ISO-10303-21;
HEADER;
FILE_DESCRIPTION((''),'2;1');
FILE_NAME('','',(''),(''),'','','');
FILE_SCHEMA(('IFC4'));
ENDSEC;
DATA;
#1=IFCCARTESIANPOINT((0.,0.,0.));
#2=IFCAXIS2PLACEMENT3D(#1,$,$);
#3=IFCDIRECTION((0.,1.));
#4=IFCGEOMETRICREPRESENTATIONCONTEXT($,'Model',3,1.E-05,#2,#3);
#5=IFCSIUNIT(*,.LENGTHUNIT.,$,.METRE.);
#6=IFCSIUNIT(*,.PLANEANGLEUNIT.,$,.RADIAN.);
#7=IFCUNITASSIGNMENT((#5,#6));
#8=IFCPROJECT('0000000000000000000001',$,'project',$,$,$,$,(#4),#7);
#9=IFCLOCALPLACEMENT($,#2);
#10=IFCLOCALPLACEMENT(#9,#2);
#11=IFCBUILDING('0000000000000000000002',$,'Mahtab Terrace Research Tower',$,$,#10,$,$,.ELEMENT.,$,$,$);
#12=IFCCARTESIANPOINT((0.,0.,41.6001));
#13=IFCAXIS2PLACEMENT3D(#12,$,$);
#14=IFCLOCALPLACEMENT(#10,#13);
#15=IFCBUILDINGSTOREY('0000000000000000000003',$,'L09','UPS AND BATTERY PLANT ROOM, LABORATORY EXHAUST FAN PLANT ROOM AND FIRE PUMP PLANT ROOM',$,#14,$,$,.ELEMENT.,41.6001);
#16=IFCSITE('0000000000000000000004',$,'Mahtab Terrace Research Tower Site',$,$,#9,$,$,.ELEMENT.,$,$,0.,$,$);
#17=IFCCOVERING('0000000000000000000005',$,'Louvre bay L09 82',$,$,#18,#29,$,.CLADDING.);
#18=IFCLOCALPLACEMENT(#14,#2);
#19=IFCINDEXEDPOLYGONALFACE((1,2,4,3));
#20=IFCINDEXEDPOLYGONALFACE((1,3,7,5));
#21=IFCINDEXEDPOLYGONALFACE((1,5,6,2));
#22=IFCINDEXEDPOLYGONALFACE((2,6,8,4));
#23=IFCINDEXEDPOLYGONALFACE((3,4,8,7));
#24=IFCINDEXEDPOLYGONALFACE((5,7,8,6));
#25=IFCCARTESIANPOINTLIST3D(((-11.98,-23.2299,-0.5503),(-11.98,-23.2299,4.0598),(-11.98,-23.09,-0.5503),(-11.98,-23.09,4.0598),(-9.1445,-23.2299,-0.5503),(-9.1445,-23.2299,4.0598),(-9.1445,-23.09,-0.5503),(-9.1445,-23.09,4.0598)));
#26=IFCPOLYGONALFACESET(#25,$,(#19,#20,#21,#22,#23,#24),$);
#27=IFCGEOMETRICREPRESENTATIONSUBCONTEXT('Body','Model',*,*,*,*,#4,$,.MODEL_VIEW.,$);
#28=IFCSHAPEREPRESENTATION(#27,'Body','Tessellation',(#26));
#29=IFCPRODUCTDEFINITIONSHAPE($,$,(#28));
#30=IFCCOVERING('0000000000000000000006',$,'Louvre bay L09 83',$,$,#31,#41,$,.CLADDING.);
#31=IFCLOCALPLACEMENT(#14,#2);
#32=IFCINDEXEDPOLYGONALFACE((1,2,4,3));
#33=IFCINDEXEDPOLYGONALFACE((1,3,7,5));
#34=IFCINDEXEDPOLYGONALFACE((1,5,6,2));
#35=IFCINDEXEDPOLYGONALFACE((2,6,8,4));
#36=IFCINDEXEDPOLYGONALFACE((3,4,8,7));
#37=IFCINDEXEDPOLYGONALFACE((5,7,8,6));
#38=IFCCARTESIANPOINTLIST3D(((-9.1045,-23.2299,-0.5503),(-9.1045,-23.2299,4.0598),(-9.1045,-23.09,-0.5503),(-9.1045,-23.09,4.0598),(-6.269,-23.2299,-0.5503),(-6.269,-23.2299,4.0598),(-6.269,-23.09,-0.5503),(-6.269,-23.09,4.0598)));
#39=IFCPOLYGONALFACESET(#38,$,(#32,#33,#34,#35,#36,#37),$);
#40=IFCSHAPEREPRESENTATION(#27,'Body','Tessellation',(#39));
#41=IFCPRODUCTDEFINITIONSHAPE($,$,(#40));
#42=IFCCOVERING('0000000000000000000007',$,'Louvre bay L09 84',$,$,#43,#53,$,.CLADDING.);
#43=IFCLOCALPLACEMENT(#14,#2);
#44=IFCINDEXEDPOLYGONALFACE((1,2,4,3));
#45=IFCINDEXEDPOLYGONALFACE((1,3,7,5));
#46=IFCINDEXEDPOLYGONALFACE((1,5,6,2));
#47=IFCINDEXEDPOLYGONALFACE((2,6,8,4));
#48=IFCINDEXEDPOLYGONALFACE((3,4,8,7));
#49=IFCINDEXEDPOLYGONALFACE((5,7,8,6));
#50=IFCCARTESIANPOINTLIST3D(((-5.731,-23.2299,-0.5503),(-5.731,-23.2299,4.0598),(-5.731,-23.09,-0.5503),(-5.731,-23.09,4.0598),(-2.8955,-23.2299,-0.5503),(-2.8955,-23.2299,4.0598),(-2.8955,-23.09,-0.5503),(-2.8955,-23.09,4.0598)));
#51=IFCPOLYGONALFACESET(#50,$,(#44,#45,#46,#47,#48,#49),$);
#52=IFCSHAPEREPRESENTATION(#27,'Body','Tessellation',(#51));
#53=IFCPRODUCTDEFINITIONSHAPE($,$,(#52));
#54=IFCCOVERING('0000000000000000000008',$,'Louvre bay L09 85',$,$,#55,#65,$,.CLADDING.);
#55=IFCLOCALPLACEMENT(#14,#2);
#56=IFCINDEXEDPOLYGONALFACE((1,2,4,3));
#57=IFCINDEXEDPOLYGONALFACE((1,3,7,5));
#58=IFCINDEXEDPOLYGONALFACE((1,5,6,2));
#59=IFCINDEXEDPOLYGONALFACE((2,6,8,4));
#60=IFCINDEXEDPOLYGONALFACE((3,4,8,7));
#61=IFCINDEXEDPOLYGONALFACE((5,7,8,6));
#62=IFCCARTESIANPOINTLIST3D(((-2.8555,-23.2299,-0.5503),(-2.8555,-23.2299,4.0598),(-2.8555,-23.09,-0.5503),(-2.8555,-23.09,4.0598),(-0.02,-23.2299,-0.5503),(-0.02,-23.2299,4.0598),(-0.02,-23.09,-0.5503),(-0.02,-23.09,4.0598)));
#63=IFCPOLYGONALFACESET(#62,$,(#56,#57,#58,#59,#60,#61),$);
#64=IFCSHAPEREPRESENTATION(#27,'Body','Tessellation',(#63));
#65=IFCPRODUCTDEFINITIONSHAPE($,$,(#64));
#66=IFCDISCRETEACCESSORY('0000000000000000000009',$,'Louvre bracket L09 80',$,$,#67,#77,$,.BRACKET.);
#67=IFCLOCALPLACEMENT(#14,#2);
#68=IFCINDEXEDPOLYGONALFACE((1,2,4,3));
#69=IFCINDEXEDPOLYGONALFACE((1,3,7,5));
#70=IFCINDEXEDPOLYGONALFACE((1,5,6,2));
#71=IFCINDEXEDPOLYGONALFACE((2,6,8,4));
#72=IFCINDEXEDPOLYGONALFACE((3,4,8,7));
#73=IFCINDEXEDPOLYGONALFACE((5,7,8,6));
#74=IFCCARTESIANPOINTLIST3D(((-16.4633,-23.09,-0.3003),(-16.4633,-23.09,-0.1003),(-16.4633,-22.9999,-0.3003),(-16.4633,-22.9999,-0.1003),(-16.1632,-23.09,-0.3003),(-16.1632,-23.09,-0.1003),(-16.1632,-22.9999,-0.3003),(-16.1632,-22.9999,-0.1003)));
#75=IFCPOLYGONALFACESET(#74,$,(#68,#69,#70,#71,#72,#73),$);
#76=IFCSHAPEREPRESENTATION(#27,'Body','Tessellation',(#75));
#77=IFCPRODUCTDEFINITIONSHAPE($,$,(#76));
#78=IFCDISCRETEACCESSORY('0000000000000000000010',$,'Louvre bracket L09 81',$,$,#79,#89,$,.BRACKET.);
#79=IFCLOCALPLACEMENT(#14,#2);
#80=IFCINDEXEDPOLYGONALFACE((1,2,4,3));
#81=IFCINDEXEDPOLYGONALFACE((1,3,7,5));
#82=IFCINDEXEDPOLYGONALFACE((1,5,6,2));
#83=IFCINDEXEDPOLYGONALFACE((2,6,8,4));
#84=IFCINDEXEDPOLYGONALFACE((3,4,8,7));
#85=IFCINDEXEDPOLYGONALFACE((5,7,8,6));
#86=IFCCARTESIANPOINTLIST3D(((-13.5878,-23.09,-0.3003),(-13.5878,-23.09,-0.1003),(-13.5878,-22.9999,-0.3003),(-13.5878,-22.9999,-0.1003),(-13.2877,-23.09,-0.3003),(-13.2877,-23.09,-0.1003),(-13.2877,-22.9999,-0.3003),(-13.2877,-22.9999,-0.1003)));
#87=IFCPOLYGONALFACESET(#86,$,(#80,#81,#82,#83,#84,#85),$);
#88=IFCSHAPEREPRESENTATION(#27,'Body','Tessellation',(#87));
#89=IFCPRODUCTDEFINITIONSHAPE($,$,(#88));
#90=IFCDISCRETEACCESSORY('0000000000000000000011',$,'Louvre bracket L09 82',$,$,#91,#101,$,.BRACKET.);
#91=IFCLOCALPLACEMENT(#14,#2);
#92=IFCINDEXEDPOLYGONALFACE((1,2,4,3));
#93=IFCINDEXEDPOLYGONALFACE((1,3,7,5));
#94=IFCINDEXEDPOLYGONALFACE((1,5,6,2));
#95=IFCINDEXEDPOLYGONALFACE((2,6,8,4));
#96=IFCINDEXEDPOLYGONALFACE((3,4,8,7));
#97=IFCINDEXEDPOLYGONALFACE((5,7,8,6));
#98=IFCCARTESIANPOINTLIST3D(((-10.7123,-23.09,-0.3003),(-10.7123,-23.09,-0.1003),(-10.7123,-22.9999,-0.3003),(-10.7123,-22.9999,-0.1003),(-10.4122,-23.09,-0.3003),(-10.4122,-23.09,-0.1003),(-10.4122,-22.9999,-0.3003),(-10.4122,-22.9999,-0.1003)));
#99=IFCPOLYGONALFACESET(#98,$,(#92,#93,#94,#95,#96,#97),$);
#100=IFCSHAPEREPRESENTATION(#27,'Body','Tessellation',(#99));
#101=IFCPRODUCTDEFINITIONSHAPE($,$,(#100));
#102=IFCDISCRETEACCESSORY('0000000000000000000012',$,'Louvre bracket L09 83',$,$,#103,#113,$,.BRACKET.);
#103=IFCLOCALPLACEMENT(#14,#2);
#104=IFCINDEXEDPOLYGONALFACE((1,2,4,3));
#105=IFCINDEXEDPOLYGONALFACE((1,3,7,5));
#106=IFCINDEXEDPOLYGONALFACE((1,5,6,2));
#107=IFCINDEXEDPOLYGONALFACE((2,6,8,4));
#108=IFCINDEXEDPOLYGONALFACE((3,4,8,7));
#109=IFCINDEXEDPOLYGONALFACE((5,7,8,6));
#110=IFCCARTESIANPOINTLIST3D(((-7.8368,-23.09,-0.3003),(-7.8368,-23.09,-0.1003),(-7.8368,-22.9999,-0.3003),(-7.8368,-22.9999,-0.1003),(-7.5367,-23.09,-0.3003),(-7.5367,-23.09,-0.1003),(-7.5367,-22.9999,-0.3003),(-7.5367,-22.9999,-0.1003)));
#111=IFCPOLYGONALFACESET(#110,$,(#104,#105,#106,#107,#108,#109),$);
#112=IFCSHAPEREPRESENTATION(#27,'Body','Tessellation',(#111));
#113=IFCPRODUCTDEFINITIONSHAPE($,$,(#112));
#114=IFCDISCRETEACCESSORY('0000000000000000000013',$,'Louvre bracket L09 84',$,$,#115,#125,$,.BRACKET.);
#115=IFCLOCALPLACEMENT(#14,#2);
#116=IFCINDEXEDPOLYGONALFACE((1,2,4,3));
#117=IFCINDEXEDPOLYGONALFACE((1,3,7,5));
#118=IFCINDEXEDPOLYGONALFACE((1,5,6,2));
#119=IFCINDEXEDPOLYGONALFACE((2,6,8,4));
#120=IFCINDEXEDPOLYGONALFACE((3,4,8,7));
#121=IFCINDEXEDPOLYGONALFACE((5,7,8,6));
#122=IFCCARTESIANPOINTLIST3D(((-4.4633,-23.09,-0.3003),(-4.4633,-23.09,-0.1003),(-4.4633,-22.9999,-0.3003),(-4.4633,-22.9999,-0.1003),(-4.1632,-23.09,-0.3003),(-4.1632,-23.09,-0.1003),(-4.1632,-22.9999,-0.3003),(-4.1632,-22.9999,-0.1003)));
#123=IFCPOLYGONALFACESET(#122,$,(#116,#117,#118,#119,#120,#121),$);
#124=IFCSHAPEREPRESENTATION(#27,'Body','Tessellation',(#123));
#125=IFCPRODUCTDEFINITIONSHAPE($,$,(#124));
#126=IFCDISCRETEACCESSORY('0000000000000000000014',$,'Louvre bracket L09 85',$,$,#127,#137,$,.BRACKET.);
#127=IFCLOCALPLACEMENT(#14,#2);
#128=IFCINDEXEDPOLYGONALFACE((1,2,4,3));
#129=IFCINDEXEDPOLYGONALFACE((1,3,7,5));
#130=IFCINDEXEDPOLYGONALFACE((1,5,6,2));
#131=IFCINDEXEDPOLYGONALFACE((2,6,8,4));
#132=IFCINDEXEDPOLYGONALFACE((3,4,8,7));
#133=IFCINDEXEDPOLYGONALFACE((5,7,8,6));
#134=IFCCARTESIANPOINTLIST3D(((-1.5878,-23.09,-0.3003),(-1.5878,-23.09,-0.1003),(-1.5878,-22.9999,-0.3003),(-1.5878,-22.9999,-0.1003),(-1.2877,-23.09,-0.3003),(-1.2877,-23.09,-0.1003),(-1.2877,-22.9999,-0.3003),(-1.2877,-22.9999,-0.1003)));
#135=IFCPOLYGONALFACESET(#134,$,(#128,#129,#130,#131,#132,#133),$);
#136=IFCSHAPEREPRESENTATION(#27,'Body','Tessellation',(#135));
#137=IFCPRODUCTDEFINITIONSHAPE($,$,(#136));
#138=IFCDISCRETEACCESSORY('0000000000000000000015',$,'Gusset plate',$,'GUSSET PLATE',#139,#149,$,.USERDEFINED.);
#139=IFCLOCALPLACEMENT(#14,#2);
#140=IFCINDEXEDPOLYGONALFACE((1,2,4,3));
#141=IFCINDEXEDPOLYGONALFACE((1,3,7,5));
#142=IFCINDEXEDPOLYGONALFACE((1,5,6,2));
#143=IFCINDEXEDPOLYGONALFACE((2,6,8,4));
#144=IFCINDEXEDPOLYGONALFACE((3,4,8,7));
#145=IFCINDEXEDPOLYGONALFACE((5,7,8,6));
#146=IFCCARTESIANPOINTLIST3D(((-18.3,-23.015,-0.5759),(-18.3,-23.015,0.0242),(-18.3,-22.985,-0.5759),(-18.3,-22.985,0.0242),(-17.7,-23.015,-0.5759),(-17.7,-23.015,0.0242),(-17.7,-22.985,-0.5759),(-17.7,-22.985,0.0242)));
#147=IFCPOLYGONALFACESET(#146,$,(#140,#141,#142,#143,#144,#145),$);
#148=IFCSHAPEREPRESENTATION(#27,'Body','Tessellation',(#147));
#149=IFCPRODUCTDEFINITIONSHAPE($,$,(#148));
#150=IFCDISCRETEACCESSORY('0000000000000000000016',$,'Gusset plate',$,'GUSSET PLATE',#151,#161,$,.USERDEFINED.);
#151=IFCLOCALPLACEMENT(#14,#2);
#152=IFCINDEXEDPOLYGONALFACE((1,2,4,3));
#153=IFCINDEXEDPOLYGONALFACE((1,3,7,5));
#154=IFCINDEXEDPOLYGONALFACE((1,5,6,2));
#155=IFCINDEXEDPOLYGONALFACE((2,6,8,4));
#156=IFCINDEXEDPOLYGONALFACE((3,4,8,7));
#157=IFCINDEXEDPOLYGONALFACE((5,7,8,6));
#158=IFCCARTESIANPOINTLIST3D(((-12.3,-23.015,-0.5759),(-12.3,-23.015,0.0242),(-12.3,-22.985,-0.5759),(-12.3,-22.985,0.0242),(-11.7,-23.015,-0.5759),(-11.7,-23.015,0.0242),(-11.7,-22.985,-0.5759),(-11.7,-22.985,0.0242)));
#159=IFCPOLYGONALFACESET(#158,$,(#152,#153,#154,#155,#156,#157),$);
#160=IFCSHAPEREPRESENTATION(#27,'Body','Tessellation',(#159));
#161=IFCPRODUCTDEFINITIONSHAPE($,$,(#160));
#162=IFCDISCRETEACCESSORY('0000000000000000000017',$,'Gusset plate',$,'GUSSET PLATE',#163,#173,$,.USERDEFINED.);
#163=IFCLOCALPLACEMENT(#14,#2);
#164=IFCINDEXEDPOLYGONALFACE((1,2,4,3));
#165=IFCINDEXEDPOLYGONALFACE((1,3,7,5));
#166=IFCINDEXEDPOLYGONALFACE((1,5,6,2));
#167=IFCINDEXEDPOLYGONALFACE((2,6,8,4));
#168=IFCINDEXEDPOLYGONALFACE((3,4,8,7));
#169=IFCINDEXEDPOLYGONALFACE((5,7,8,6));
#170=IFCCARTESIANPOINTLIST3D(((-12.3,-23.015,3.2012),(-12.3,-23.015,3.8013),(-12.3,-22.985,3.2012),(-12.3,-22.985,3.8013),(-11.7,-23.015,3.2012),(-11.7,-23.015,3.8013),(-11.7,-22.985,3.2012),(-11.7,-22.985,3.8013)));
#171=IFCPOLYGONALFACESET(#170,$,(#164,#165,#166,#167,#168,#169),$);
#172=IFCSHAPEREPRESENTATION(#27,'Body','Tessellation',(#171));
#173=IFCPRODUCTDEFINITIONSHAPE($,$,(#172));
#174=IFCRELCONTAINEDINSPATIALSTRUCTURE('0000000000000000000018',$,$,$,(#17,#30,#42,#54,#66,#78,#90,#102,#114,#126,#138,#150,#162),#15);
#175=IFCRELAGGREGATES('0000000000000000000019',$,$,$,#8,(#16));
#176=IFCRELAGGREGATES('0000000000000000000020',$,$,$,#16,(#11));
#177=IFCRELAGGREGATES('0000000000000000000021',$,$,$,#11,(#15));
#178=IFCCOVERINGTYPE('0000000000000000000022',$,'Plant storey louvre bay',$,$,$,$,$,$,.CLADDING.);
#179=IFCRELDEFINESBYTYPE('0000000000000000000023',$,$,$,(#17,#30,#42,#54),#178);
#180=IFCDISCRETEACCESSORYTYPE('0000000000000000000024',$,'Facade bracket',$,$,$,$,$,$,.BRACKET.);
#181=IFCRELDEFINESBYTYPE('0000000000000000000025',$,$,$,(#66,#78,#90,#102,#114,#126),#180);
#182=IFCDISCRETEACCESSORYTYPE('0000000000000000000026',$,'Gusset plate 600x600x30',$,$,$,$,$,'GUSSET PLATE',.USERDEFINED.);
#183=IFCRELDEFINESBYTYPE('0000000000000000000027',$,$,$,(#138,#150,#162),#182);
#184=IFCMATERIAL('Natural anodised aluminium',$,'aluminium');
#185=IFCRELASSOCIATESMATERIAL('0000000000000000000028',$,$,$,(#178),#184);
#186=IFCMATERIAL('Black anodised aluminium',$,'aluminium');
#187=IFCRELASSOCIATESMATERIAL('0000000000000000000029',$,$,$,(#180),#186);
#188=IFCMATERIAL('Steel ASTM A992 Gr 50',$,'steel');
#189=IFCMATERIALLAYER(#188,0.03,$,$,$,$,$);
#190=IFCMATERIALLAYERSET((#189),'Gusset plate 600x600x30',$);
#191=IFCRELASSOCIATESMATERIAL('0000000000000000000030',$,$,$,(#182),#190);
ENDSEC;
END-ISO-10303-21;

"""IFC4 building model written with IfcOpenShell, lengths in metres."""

from ifc_helpers import new_model, si_unit, direction, frame, origin, origin_2d, place, context, subcontext, project, spatial, rectangle, extrude, material, layer, layer_set, type_object, element, save


model = new_model("IFC4")

# Units and contexts
model_context = context("Model", 3, precision=1e-05, world=origin(), true_north=direction((0.0, 1.0)))
body_context = subcontext(model_context, "Body", "Model", "MODEL_VIEW")
ifc_project = project(units=[si_unit("LENGTHUNIT", "METRE"), si_unit("PLANEANGLEUNIT", "RADIAN")], contexts=[model_context])

# Site, building, storey
site_placement = place(None, origin())
site = spatial("IfcSite", under=ifc_project, at=site_placement, Name="Mahtab Terrace Research Tower Site", CompositionType="ELEMENT", RefElevation=0.0)
building_placement = place(site_placement, origin())
building = spatial("IfcBuilding", under=site, at=building_placement, Name="Mahtab Terrace Research Tower", CompositionType="ELEMENT")
storey_placement = place(building_placement, frame((0.0, 0.0, 41.6001)))
storey = spatial("IfcBuildingStorey", under=building, at=storey_placement, Name="L09", Description="UPS AND BATTERY PLANT ROOM, LABORATORY EXHAUST FAN PLANT ROOM AND FIRE PUMP PLANT ROOM", CompositionType="ELEMENT", Elevation=41.6001)

# Shared definitions
ifc_material_1 = material(Name="Steel ASTM A992 Gr 50", Category="steel")

# Coverings
ifc_material_2 = material(Name="Natural anodised aluminium", Category="aluminium")
covering_type = type_object("IfcCoveringType", Name="Plant storey louvre bay", PredefinedType="CLADDING", material=ifc_material_2)
for number, where, z_axis, x_axis, name in (
    (1, (-10.5623, -23.1599, -0.5503), (0.0, 0.0, 1.0), (1.0, 0.0, 0.0), "Louvre bay L09 82"),
    (2, (-7.6868, -23.1599, -0.5503), (0.0, 0.0, 1.0), (1.0, 0.0, 0.0), "Louvre bay L09 83"),
    (3, (-4.3132, -23.1599, -0.5503), (0.0, 0.0, 1.0), (1.0, 0.0, 0.0), "Louvre bay L09 84"),
    (4, (-1.4377, -23.1599, -0.5503), (0.0, 0.0, 1.0), (1.0, 0.0, 0.0), "Louvre bay L09 85"),
):
    element("IfcCovering", number, at=place(storey_placement, frame(where, z_axis=z_axis, x_axis=x_axis)), inside=storey, type_object=covering_type, Name=name, PredefinedType="CLADDING", context=body_context, shape_type="SweptSolid", body=[
        extrude(rectangle(XDim=2.8354, YDim=0.1399, at=origin_2d()), origin(), (0.0, 0.0, 1.0), 4.6101),
    ])

# Discrete accessories
ifc_material_3 = material(Name="Black anodised aluminium", Category="aluminium")
discrete_accessory_type_1 = type_object("IfcDiscreteAccessoryType", Name="Facade bracket", PredefinedType="BRACKET", material=ifc_material_3)
for number, where, z_axis, x_axis, name in (
    (5, (-16.3132, -23.0449, -0.3003), (0.0, 0.0, 1.0), (1.0, 0.0, 0.0), "Louvre bracket L09 80"),
    (6, (-13.4377, -23.0449, -0.3003), (0.0, 0.0, 1.0), (1.0, 0.0, 0.0), "Louvre bracket L09 81"),
    (7, (-10.5623, -23.0449, -0.3003), (0.0, 0.0, 1.0), (1.0, 0.0, 0.0), "Louvre bracket L09 82"),
    (8, (-7.6868, -23.0449, -0.3003), (0.0, 0.0, 1.0), (1.0, 0.0, 0.0), "Louvre bracket L09 83"),
    (9, (-4.3132, -23.0449, -0.3003), (0.0, 0.0, 1.0), (1.0, 0.0, 0.0), "Louvre bracket L09 84"),
    (10, (-1.4377, -23.0449, -0.3003), (0.0, 0.0, 1.0), (1.0, 0.0, 0.0), "Louvre bracket L09 85"),
):
    element("IfcDiscreteAccessory", number, at=place(storey_placement, frame(where, z_axis=z_axis, x_axis=x_axis)), inside=storey, type_object=discrete_accessory_type_1, Name=name, PredefinedType="BRACKET", context=body_context, shape_type="SweptSolid", body=[
        extrude(rectangle(XDim=0.3, YDim=0.0901, at=origin_2d()), origin(), (0.0, 0.0, 1.0), 0.2),
    ])
ifc_layer_1 = layer(ifc_material_1, 0.03)
ifc_layer_set_1 = layer_set([ifc_layer_1], Name="Gusset plate 600x600x30")
discrete_accessory_type_2 = type_object("IfcDiscreteAccessoryType", Name="Gusset plate 600x600x30", ElementType="GUSSET PLATE", PredefinedType="USERDEFINED", material=ifc_layer_set_1)
for number, where, z_axis, x_axis, name in (
    (11, (-18.0, -23.0, -0.5759), (0.0, 0.0, 1.0), (1.0, 0.0, 0.0), "Gusset plate"),
    (12, (-12.0, -23.0, -0.5759), (0.0, 0.0, 1.0), (1.0, 0.0, 0.0), "Gusset plate"),
    (13, (-12.0, -23.0, 3.2012), (0.0, 0.0, 1.0), (1.0, 0.0, 0.0), "Gusset plate"),
):
    element("IfcDiscreteAccessory", number, at=place(storey_placement, frame(where, z_axis=z_axis, x_axis=x_axis)), inside=storey, type_object=discrete_accessory_type_2, Name=name, ObjectType="GUSSET PLATE", PredefinedType="USERDEFINED", context=body_context, shape_type="SweptSolid", body=[
        extrude(rectangle(XDim=0.6001, YDim=0.03, at=origin_2d()), origin(), (0.0, 0.0, 1.0), 0.6001),
    ])

save(model, "model.ifc")
